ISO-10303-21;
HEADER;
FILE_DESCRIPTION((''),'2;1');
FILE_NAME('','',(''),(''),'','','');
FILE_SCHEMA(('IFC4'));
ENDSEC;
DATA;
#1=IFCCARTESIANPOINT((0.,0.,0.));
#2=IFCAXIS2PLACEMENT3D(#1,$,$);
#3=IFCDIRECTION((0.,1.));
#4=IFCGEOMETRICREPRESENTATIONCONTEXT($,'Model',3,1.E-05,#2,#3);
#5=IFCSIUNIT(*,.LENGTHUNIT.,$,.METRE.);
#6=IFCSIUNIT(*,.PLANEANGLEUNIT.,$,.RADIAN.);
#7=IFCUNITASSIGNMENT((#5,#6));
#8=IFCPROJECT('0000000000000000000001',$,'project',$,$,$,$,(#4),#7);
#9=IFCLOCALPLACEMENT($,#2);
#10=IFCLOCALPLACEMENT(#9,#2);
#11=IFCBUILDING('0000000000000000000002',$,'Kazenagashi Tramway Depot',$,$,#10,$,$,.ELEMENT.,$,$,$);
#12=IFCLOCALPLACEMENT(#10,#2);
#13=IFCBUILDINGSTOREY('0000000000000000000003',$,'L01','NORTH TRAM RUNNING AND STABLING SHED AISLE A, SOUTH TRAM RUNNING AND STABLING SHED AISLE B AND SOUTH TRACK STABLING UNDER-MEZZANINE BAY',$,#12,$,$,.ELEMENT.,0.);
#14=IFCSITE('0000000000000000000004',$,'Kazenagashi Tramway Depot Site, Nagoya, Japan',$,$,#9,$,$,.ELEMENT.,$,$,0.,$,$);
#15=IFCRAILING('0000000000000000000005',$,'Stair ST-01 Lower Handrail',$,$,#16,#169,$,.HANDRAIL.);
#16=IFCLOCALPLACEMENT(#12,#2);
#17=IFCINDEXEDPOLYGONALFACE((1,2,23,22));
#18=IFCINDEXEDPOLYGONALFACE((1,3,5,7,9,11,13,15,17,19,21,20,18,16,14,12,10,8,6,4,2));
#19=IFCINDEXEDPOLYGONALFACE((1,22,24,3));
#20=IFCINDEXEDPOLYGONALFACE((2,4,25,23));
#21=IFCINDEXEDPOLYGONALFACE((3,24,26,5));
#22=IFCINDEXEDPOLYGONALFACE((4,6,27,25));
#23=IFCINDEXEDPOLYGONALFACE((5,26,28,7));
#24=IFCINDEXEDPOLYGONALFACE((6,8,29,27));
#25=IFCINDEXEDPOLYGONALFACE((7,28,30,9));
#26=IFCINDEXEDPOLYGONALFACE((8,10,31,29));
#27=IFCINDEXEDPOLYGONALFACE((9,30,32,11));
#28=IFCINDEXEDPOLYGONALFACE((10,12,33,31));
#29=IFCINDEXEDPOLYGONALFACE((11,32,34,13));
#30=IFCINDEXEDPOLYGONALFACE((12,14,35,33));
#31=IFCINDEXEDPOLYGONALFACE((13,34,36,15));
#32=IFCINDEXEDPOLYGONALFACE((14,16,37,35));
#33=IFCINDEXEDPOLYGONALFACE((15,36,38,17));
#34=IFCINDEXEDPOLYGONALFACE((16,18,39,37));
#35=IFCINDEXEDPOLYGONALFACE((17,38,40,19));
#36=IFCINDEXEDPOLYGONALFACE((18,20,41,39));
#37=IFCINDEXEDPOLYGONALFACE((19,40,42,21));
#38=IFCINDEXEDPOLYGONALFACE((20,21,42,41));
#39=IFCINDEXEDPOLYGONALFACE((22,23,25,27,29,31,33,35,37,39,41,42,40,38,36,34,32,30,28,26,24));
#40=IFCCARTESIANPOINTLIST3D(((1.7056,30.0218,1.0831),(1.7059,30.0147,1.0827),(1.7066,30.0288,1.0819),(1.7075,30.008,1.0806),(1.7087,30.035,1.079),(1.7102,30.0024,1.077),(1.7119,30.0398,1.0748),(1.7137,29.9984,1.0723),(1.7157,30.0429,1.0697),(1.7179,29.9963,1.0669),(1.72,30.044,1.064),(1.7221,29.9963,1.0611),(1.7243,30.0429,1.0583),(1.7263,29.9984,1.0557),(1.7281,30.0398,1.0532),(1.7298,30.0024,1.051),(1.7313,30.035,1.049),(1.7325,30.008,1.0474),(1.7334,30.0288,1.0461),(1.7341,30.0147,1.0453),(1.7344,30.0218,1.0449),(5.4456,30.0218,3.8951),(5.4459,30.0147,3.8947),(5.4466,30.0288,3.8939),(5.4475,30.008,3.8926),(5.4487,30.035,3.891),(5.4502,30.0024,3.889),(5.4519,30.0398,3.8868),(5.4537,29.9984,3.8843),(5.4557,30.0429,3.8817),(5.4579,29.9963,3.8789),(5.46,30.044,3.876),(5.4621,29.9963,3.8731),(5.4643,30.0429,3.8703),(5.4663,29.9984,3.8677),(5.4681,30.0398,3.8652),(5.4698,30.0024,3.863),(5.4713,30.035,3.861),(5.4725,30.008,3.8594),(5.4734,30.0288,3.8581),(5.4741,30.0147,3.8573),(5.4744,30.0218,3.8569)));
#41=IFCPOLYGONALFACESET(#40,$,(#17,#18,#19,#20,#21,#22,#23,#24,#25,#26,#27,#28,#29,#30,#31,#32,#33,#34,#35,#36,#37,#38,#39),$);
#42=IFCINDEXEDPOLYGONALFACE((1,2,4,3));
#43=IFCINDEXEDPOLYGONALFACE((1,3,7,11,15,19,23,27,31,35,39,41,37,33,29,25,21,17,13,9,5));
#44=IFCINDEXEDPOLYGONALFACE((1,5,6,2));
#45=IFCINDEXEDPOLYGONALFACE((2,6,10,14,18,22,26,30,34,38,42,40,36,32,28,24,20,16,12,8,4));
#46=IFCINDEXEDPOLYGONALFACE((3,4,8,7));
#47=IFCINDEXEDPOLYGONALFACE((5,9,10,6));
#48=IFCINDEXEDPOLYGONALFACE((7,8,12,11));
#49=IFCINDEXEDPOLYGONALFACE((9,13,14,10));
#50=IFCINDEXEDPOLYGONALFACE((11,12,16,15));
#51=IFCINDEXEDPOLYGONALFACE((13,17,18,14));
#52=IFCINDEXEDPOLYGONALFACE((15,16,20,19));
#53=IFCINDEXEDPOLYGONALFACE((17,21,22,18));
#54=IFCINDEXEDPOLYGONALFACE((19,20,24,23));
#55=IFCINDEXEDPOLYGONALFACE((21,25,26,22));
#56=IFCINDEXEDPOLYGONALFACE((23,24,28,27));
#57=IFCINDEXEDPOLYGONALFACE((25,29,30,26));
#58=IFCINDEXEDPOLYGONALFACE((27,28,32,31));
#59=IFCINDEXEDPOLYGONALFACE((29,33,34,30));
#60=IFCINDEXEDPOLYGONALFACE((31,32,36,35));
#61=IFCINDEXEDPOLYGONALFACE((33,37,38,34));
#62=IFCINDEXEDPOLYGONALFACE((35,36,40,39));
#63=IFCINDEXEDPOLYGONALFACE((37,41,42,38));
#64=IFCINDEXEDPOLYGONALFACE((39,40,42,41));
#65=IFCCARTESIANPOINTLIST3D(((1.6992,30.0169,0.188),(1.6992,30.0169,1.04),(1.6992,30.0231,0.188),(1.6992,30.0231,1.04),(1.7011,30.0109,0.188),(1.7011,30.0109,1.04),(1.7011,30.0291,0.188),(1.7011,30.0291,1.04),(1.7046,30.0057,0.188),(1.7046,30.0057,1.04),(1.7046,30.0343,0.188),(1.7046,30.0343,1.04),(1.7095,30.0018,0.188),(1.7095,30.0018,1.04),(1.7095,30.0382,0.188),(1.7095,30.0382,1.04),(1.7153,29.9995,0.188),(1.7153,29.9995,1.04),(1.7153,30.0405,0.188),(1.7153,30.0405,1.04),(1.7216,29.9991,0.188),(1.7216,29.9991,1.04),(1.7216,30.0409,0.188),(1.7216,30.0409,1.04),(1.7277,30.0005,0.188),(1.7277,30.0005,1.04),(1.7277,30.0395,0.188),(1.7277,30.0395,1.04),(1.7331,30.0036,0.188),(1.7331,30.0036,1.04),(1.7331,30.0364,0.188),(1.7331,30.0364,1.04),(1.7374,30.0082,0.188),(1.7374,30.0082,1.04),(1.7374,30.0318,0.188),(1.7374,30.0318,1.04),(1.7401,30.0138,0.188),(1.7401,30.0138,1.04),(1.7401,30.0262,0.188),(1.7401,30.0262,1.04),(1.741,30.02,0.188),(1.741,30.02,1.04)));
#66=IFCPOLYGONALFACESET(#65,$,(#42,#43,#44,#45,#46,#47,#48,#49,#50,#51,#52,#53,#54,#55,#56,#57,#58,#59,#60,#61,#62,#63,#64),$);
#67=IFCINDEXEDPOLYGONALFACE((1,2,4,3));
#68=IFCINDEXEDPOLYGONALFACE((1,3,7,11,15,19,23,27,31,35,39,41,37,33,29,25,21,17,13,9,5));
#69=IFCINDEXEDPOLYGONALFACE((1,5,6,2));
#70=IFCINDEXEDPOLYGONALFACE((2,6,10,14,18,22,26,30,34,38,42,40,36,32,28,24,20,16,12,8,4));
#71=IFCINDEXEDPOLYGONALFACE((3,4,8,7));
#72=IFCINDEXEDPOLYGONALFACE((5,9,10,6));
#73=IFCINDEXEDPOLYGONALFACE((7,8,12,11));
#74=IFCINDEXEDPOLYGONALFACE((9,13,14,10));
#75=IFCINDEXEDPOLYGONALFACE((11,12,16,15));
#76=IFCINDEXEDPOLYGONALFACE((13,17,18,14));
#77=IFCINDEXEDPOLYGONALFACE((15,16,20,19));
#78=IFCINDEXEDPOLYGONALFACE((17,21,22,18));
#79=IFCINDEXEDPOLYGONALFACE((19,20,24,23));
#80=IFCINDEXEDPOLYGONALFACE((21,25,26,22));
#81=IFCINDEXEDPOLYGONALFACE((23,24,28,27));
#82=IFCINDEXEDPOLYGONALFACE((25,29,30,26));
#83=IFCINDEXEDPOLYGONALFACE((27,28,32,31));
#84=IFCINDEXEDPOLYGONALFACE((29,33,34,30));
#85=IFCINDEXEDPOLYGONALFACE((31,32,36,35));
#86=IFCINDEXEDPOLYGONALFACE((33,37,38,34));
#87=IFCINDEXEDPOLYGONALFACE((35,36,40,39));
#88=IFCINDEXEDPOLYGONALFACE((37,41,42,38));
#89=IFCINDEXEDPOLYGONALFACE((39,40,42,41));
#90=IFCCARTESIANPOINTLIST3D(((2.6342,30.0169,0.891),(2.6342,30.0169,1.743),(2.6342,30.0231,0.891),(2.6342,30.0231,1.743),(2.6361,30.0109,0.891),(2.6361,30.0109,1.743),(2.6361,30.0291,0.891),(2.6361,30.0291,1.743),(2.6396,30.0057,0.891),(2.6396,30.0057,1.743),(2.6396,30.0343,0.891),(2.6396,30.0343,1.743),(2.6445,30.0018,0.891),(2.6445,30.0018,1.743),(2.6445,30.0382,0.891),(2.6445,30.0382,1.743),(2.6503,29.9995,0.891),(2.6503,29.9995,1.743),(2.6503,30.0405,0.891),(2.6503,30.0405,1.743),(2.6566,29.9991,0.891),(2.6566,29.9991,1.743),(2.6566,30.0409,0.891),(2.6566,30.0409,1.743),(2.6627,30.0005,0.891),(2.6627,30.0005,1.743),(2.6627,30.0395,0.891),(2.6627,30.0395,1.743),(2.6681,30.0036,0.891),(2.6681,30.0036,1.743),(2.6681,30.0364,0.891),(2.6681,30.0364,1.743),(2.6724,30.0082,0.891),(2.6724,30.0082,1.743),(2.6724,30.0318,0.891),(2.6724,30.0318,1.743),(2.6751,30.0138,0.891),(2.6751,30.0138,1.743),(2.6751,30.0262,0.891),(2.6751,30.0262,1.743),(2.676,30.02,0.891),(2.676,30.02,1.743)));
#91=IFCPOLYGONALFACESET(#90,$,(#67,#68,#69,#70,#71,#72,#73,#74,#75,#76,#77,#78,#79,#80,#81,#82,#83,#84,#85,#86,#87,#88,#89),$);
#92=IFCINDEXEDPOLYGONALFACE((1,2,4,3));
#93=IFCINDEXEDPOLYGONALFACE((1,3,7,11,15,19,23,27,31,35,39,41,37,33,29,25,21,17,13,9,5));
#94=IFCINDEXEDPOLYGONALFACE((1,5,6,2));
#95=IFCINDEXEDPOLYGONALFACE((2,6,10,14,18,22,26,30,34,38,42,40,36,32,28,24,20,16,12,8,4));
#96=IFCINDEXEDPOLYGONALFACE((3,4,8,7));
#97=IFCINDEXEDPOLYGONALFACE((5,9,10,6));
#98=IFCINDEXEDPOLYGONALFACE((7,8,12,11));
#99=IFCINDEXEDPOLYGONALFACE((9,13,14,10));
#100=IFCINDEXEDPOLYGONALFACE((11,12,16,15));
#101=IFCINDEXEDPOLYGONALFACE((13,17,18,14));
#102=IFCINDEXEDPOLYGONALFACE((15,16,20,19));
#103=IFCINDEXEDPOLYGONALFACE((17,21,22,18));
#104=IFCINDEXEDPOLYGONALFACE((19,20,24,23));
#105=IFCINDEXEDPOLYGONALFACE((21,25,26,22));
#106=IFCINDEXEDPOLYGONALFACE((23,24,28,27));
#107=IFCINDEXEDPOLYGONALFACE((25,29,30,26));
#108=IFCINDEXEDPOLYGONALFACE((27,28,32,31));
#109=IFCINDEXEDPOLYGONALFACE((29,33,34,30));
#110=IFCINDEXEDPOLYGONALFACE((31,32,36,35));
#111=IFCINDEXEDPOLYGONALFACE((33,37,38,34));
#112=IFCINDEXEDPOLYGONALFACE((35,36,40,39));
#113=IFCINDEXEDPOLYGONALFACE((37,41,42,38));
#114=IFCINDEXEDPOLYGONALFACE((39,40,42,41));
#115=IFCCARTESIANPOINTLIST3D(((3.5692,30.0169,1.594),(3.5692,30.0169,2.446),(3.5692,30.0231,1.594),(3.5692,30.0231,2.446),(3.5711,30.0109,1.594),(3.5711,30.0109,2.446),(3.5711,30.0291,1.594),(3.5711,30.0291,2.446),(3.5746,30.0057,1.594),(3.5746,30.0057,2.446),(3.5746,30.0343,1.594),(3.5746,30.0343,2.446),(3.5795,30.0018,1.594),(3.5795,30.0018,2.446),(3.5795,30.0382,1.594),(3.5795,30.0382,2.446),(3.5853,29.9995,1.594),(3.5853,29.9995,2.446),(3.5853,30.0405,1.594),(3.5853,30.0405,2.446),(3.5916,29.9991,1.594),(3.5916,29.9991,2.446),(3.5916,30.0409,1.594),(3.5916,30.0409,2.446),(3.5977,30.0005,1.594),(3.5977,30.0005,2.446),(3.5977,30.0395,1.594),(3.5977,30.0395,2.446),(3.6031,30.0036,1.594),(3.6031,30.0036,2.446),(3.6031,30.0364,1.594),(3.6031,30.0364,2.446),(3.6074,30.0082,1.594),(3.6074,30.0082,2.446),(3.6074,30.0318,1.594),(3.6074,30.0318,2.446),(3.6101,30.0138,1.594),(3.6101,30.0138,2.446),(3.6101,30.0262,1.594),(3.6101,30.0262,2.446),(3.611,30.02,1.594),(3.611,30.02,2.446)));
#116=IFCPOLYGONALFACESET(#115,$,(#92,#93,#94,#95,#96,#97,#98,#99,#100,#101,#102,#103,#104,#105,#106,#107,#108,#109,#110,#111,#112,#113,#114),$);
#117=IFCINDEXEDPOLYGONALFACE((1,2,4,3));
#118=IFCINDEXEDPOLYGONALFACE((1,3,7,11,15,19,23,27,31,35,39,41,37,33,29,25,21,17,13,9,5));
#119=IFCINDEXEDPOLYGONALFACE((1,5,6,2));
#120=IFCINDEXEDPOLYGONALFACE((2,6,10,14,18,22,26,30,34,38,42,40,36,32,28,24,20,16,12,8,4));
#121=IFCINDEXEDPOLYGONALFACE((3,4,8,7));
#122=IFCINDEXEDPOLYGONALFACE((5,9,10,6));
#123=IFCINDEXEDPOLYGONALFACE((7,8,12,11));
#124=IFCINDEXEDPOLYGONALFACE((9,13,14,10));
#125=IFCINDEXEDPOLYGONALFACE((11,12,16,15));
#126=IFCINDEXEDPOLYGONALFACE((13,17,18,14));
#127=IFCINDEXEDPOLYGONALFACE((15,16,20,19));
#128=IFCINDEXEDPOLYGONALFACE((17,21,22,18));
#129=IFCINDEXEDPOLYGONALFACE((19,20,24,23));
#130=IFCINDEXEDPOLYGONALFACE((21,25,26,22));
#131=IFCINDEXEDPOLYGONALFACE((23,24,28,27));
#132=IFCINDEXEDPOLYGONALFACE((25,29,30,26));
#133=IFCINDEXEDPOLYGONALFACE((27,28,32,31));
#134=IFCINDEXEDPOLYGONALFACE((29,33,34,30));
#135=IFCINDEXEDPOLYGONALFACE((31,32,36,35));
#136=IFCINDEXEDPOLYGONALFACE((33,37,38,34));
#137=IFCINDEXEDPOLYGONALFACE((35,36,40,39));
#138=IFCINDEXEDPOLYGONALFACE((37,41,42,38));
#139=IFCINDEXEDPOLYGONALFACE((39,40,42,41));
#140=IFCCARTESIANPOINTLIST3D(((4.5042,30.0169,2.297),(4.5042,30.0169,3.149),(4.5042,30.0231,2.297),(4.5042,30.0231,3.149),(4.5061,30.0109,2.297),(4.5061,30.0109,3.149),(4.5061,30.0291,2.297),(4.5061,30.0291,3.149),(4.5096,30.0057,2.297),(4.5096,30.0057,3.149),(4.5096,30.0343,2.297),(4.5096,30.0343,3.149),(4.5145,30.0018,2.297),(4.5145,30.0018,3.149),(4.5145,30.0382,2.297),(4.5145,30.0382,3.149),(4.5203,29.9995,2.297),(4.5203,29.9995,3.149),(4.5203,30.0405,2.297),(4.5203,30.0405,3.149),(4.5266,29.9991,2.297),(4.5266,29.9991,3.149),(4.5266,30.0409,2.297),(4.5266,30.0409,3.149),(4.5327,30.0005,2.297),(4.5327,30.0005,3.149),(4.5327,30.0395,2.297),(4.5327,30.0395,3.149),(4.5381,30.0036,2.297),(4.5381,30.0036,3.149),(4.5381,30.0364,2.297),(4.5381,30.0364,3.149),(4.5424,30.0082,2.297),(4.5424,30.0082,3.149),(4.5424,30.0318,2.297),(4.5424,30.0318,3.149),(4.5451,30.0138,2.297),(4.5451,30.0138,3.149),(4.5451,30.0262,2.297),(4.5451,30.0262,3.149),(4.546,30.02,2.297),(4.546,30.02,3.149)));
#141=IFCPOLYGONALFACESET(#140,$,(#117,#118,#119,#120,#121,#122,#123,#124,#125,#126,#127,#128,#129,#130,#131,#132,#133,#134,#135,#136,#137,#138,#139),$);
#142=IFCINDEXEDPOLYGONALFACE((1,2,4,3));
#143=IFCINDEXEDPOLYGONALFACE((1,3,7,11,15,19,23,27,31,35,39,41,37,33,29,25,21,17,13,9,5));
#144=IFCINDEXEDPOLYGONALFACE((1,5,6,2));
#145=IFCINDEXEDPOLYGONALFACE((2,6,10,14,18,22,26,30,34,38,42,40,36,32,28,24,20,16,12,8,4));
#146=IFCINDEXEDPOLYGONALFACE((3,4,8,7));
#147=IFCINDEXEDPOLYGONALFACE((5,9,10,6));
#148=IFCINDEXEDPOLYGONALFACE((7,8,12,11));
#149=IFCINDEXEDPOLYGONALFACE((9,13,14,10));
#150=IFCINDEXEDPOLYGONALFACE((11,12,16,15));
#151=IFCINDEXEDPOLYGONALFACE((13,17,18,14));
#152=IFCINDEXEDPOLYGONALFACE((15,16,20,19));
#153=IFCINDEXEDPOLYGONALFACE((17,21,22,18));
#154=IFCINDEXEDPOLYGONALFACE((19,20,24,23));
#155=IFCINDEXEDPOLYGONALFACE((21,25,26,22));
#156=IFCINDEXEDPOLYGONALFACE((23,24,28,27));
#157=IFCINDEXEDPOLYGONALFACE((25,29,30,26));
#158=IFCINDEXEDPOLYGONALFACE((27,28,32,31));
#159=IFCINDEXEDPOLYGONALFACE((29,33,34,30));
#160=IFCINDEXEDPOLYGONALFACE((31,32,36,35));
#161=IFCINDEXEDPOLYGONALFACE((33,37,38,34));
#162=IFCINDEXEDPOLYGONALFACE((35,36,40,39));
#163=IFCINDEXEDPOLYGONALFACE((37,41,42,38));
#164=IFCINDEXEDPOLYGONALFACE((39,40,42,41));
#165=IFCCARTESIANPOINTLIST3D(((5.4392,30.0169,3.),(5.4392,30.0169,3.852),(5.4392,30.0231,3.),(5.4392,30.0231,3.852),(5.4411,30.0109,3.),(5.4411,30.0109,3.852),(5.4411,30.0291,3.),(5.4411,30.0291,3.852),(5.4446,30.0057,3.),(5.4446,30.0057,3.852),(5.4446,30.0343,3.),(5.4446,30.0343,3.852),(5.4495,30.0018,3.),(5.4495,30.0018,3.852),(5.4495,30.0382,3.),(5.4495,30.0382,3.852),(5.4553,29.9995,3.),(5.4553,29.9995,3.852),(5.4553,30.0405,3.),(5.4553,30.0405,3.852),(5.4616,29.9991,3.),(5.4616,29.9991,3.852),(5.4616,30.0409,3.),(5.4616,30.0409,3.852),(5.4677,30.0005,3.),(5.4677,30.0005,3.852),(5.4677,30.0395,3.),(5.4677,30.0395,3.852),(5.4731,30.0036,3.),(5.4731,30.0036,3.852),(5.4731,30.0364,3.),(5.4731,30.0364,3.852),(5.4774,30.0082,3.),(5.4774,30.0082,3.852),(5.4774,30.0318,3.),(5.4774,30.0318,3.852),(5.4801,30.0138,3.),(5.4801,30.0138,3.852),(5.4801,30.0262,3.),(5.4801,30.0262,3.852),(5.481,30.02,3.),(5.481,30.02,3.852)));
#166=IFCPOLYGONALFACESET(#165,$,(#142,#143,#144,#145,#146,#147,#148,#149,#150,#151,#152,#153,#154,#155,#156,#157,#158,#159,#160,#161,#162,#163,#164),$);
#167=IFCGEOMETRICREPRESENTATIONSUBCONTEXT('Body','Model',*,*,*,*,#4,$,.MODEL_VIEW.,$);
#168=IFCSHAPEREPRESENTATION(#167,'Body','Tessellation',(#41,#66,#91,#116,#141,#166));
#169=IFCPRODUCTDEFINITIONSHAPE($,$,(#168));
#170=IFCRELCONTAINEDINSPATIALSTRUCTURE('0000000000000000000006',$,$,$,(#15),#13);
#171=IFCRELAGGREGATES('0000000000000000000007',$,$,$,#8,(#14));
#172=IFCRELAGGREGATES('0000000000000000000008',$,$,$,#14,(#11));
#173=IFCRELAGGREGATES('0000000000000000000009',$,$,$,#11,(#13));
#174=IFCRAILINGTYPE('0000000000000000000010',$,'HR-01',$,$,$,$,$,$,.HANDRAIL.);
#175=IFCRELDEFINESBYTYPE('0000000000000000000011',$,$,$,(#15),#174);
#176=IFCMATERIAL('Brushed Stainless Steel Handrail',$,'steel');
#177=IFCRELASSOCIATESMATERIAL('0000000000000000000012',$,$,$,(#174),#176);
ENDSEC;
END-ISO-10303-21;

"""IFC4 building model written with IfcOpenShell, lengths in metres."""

from ifc_helpers import new_model, si_unit, direction, frame, origin, origin_2d, place, context, subcontext, project, spatial, circle, extrude, material, type_object, element, save


model = new_model("IFC4")

# Units and contexts
model_context = context("Model", 3, precision=1e-05, world=origin(), true_north=direction((0.0, 1.0)))
body_context = subcontext(model_context, "Body", "Model", "MODEL_VIEW")
ifc_project = project(units=[si_unit("LENGTHUNIT", "METRE"), si_unit("PLANEANGLEUNIT", "RADIAN")], contexts=[model_context])

# Site, building, storey
site_placement = place(None, origin())
site = spatial("IfcSite", under=ifc_project, at=site_placement, Name="Kazenagashi Tramway Depot Site, Nagoya, Japan", CompositionType="ELEMENT", RefElevation=0.0)
building_placement = place(site_placement, origin())
building = spatial("IfcBuilding", under=site, at=building_placement, Name="Kazenagashi Tramway Depot", CompositionType="ELEMENT")
storey_placement = place(building_placement, origin())
storey = spatial("IfcBuildingStorey", under=building, at=storey_placement, Name="L01", Description="NORTH TRAM RUNNING AND STABLING SHED AISLE A, SOUTH TRAM RUNNING AND STABLING SHED AISLE B AND SOUTH TRACK STABLING UNDER-MEZZANINE BAY", CompositionType="ELEMENT", Elevation=0.0)

# Railing
ifc_material_1 = material(Name="Brushed Stainless Steel Handrail", Category="steel")
railing_type = type_object("IfcRailingType", Name="HR-01", PredefinedType="HANDRAIL", material=ifc_material_1)
railing_1_placement = place(storey_placement, frame((1.72, 30.02, 0.188)))
element("IfcRailing", 1, at=railing_1_placement, inside=storey, type_object=railing_type, Name="Stair ST-01 Lower Handrail", PredefinedType="HANDRAIL", context=body_context, shape_type="SweptSolid", body=[
    extrude(circle(Radius=0.024, at=origin_2d()), frame((0.0, 0.0, 0.876), z_axis=(0.799281, 0.0, 0.600957), x_axis=(0.0, 1.0, 0.0)), (0.0, 0.0, 1.0), 4.6792),
    extrude(circle(Radius=0.021, at=origin_2d()), origin(), (0.0, 0.0, 1.0), 0.852),
    extrude(circle(Radius=0.021, at=origin_2d()), frame((0.935, 0.0, 0.703)), (0.0, 0.0, 1.0), 0.852),
    extrude(circle(Radius=0.021, at=origin_2d()), frame((1.87, 0.0, 1.406)), (0.0, 0.0, 1.0), 0.852),
    extrude(circle(Radius=0.021, at=origin_2d()), frame((2.805, 0.0, 2.109)), (0.0, 0.0, 1.0), 0.852),
    extrude(circle(Radius=0.021, at=origin_2d()), frame((3.74, 0.0, 2.812)), (0.0, 0.0, 1.0), 0.852),
])

save(model, "model.ifc")
